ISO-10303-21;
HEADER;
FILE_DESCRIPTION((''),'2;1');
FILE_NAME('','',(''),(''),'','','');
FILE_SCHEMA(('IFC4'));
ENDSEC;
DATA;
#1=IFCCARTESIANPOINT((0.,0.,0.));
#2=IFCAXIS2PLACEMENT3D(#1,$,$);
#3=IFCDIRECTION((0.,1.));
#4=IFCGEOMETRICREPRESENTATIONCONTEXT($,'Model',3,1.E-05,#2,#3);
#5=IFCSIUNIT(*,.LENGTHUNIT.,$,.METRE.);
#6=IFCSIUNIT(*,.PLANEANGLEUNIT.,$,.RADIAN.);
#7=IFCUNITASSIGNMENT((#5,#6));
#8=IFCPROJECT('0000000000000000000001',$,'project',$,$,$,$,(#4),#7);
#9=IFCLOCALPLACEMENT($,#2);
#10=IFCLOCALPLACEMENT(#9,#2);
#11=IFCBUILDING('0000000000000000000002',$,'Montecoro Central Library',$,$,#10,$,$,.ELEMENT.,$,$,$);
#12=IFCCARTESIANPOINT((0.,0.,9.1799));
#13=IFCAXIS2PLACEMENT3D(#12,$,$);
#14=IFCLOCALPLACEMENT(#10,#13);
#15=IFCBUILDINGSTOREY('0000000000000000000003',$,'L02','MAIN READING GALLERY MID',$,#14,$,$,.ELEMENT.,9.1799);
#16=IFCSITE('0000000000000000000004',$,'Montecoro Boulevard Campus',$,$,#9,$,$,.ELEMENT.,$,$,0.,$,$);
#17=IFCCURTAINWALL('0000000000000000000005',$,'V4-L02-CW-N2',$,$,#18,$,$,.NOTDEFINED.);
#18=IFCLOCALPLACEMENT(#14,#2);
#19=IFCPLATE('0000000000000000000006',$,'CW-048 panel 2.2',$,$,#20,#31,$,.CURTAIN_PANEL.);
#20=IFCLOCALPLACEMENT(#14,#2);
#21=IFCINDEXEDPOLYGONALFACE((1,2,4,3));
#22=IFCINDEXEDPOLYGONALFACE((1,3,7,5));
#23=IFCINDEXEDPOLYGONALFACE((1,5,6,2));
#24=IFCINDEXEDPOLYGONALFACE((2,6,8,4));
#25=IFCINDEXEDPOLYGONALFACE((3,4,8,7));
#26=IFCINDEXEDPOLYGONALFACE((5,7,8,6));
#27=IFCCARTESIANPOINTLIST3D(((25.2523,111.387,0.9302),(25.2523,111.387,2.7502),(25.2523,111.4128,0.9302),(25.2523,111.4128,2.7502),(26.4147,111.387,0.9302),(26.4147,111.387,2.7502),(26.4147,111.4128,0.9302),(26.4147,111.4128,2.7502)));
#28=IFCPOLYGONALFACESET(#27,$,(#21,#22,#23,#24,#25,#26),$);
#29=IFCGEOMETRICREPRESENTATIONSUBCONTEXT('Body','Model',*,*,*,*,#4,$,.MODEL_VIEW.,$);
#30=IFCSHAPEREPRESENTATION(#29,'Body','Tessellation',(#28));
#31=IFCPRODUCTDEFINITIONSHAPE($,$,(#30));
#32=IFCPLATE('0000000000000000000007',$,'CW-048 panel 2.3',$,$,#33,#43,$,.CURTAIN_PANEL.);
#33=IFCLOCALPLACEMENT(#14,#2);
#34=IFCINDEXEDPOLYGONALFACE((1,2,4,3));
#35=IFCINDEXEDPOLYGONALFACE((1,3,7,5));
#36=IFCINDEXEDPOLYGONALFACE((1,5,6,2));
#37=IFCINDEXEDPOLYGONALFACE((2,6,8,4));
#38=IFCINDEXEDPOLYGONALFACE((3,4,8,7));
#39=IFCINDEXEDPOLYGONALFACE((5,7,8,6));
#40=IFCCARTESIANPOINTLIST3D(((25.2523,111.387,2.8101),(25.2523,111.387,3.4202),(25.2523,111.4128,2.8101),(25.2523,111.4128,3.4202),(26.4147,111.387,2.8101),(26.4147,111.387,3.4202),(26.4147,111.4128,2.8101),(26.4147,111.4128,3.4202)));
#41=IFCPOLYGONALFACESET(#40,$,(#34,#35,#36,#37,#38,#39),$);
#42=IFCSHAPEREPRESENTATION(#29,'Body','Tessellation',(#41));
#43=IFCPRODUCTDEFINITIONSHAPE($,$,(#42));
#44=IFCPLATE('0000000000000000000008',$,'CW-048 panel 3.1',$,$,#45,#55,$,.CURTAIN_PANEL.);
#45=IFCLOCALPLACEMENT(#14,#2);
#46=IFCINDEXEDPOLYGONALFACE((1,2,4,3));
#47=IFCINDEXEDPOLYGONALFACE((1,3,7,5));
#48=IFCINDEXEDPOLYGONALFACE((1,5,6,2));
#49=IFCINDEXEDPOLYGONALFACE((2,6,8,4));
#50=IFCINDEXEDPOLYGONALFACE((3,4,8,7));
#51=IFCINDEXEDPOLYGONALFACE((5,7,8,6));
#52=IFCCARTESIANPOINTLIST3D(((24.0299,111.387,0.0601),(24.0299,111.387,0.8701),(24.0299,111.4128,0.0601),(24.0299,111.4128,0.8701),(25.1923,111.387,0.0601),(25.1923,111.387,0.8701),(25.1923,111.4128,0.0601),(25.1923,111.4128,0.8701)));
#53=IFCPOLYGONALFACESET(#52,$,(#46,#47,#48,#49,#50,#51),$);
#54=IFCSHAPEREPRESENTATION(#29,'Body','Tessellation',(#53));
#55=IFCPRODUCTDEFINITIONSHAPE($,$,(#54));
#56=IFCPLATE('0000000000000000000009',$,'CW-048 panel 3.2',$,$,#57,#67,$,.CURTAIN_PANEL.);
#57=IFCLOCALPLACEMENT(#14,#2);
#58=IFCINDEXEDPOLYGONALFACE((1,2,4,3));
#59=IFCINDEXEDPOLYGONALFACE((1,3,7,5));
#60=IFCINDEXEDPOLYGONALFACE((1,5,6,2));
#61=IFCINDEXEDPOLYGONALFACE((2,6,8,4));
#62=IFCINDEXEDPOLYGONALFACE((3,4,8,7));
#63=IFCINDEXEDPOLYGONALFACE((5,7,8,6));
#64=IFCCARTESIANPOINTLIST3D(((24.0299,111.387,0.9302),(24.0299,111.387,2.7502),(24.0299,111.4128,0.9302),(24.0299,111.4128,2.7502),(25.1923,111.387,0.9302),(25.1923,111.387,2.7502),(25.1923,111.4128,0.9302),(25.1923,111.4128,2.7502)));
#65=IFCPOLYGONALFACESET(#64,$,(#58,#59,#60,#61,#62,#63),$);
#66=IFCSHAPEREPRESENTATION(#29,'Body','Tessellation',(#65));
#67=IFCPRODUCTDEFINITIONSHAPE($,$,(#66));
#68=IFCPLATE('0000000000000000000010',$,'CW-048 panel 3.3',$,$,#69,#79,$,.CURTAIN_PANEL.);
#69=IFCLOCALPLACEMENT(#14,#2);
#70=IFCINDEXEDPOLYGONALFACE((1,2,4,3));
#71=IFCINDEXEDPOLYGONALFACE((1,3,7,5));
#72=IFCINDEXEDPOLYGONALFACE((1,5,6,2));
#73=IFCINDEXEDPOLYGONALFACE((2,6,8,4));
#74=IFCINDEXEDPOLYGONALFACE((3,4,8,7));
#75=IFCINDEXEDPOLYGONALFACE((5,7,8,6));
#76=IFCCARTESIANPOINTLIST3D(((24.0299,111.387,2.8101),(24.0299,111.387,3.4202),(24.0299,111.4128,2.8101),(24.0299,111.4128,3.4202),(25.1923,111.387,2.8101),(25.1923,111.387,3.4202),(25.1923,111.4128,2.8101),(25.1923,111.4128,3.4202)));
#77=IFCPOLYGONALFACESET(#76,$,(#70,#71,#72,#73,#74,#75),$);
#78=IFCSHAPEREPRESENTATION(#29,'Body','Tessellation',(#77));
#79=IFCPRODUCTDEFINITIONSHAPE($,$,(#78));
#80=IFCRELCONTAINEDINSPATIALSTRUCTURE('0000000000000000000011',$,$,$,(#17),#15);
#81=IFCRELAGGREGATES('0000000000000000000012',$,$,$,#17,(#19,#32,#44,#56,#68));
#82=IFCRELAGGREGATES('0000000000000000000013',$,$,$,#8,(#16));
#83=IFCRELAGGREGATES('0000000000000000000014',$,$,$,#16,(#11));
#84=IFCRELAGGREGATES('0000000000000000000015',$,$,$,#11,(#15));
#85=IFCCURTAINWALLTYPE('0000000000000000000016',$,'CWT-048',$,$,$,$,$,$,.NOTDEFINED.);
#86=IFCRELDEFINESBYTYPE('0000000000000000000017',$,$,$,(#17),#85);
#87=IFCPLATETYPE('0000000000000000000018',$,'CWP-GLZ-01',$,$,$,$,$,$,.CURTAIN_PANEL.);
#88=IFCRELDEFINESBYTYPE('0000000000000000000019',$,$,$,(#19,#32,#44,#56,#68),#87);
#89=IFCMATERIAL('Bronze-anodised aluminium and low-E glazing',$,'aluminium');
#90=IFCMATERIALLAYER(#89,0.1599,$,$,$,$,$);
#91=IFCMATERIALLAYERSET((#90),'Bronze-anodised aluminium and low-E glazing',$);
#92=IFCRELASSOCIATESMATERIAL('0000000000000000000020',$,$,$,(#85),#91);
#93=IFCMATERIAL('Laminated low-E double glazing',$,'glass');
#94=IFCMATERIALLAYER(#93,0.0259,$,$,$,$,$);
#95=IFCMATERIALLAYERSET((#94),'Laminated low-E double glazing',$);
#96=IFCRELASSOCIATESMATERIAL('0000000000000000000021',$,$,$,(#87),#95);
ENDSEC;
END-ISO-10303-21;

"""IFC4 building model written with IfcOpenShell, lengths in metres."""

from ifc_helpers import new_model, si_unit, direction, frame, origin, origin_2d, place, context, subcontext, project, spatial, rectangle, extrude, material, layer, layer_set, type_object, element, aggregate, save


model = new_model("IFC4")

# Units and contexts
model_context = context("Model", 3, precision=1e-05, world=origin(), true_north=direction((0.0, 1.0)))
body_context = subcontext(model_context, "Body", "Model", "MODEL_VIEW")
ifc_project = project(units=[si_unit("LENGTHUNIT", "METRE"), si_unit("PLANEANGLEUNIT", "RADIAN")], contexts=[model_context])

# Site, building, storey
site_placement = place(None, origin())
site = spatial("IfcSite", under=ifc_project, at=site_placement, Name="Montecoro Boulevard Campus", CompositionType="ELEMENT", RefElevation=0.0)
building_placement = place(site_placement, origin())
building = spatial("IfcBuilding", under=site, at=building_placement, Name="Montecoro Central Library", CompositionType="ELEMENT")
storey_placement = place(building_placement, frame((0.0, 0.0, 9.1799)))
storey = spatial("IfcBuildingStorey", under=building, at=storey_placement, Name="L02", Description="MAIN READING GALLERY MID", CompositionType="ELEMENT", Elevation=9.1799)

# Curtain wall, plates
ifc_material_1 = material(Name="Bronze-anodised aluminium and low-E glazing", Category="aluminium")
ifc_layer_1 = layer(ifc_material_1, 0.1599)
ifc_layer_set_1 = layer_set([ifc_layer_1], Name="Bronze-anodised aluminium and low-E glazing")
curtain_wall_type = type_object("IfcCurtainWallType", Name="CWT-048", PredefinedType="NOTDEFINED", material=ifc_layer_set_1)
curtain_wall_placement = place(storey_placement, origin())
curtain_wall = element("IfcCurtainWall", 1, at=curtain_wall_placement, inside=storey, type_object=curtain_wall_type, Name="V4-L02-CW-N2", PredefinedType="NOTDEFINED")
ifc_material_2 = material(Name="Laminated low-E double glazing", Category="glass")
ifc_layer_2 = layer(ifc_material_2, 0.0259)
ifc_layer_set_2 = layer_set([ifc_layer_2], Name="Laminated low-E double glazing")
plate_type = type_object("IfcPlateType", Name="CWP-GLZ-01", PredefinedType="CURTAIN_PANEL", material=ifc_layer_set_2)
plate_1_placement = place(storey_placement, frame((25.8335, 111.3999, 0.9302), z_axis=(0.0, 0.0, 1.0), x_axis=(-1.0, 0.0, 0.0)))
plate_1 = element("IfcPlate", 2, at=plate_1_placement, type_object=plate_type, Name="CW-048 panel 2.2", PredefinedType="CURTAIN_PANEL", context=body_context, shape_type="SweptSolid", body=[
    extrude(rectangle(XDim=1.1624, YDim=0.0259, at=origin_2d()), origin(), (0.0, 0.0, 1.0), 1.8201),
])
plate_2_placement = place(storey_placement, frame((25.8335, 111.3999, 2.8101), z_axis=(0.0, 0.0, 1.0), x_axis=(-1.0, 0.0, 0.0)))
plate_2 = element("IfcPlate", 3, at=plate_2_placement, type_object=plate_type, Name="CW-048 panel 2.3", PredefinedType="CURTAIN_PANEL", context=body_context, shape_type="SweptSolid", body=[
    extrude(rectangle(XDim=1.1624, YDim=0.0259, at=origin_2d()), origin(), (0.0, 0.0, 1.0), 0.6101),
])
plate_3_placement = place(storey_placement, frame((24.6111, 111.3999, 0.0601), z_axis=(0.0, 0.0, 1.0), x_axis=(-1.0, 0.0, 0.0)))
plate_3 = element("IfcPlate", 4, at=plate_3_placement, type_object=plate_type, Name="CW-048 panel 3.1", PredefinedType="CURTAIN_PANEL", context=body_context, shape_type="SweptSolid", body=[
    extrude(rectangle(XDim=1.1624, YDim=0.0259, at=origin_2d()), origin(), (0.0, 0.0, 1.0), 0.8101),
])
plate_4_placement = place(storey_placement, frame((24.6111, 111.3999, 0.9302), z_axis=(0.0, 0.0, 1.0), x_axis=(-1.0, 0.0, 0.0)))
plate_4 = element("IfcPlate", 5, at=plate_4_placement, type_object=plate_type, Name="CW-048 panel 3.2", PredefinedType="CURTAIN_PANEL", context=body_context, shape_type="SweptSolid", body=[
    extrude(rectangle(XDim=1.1624, YDim=0.0259, at=origin_2d()), origin(), (0.0, 0.0, 1.0), 1.8201),
])
plate_5_placement = place(storey_placement, frame((24.6111, 111.3999, 2.8101), z_axis=(0.0, 0.0, 1.0), x_axis=(-1.0, 0.0, 0.0)))
plate_5 = element("IfcPlate", 6, at=plate_5_placement, type_object=plate_type, Name="CW-048 panel 3.3", PredefinedType="CURTAIN_PANEL", context=body_context, shape_type="SweptSolid", body=[
    extrude(rectangle(XDim=1.1624, YDim=0.0259, at=origin_2d()), origin(), (0.0, 0.0, 1.0), 0.6101),
])
aggregate(curtain_wall, [plate_1, plate_2, plate_3, plate_4, plate_5])

save(model, "model.ifc")
